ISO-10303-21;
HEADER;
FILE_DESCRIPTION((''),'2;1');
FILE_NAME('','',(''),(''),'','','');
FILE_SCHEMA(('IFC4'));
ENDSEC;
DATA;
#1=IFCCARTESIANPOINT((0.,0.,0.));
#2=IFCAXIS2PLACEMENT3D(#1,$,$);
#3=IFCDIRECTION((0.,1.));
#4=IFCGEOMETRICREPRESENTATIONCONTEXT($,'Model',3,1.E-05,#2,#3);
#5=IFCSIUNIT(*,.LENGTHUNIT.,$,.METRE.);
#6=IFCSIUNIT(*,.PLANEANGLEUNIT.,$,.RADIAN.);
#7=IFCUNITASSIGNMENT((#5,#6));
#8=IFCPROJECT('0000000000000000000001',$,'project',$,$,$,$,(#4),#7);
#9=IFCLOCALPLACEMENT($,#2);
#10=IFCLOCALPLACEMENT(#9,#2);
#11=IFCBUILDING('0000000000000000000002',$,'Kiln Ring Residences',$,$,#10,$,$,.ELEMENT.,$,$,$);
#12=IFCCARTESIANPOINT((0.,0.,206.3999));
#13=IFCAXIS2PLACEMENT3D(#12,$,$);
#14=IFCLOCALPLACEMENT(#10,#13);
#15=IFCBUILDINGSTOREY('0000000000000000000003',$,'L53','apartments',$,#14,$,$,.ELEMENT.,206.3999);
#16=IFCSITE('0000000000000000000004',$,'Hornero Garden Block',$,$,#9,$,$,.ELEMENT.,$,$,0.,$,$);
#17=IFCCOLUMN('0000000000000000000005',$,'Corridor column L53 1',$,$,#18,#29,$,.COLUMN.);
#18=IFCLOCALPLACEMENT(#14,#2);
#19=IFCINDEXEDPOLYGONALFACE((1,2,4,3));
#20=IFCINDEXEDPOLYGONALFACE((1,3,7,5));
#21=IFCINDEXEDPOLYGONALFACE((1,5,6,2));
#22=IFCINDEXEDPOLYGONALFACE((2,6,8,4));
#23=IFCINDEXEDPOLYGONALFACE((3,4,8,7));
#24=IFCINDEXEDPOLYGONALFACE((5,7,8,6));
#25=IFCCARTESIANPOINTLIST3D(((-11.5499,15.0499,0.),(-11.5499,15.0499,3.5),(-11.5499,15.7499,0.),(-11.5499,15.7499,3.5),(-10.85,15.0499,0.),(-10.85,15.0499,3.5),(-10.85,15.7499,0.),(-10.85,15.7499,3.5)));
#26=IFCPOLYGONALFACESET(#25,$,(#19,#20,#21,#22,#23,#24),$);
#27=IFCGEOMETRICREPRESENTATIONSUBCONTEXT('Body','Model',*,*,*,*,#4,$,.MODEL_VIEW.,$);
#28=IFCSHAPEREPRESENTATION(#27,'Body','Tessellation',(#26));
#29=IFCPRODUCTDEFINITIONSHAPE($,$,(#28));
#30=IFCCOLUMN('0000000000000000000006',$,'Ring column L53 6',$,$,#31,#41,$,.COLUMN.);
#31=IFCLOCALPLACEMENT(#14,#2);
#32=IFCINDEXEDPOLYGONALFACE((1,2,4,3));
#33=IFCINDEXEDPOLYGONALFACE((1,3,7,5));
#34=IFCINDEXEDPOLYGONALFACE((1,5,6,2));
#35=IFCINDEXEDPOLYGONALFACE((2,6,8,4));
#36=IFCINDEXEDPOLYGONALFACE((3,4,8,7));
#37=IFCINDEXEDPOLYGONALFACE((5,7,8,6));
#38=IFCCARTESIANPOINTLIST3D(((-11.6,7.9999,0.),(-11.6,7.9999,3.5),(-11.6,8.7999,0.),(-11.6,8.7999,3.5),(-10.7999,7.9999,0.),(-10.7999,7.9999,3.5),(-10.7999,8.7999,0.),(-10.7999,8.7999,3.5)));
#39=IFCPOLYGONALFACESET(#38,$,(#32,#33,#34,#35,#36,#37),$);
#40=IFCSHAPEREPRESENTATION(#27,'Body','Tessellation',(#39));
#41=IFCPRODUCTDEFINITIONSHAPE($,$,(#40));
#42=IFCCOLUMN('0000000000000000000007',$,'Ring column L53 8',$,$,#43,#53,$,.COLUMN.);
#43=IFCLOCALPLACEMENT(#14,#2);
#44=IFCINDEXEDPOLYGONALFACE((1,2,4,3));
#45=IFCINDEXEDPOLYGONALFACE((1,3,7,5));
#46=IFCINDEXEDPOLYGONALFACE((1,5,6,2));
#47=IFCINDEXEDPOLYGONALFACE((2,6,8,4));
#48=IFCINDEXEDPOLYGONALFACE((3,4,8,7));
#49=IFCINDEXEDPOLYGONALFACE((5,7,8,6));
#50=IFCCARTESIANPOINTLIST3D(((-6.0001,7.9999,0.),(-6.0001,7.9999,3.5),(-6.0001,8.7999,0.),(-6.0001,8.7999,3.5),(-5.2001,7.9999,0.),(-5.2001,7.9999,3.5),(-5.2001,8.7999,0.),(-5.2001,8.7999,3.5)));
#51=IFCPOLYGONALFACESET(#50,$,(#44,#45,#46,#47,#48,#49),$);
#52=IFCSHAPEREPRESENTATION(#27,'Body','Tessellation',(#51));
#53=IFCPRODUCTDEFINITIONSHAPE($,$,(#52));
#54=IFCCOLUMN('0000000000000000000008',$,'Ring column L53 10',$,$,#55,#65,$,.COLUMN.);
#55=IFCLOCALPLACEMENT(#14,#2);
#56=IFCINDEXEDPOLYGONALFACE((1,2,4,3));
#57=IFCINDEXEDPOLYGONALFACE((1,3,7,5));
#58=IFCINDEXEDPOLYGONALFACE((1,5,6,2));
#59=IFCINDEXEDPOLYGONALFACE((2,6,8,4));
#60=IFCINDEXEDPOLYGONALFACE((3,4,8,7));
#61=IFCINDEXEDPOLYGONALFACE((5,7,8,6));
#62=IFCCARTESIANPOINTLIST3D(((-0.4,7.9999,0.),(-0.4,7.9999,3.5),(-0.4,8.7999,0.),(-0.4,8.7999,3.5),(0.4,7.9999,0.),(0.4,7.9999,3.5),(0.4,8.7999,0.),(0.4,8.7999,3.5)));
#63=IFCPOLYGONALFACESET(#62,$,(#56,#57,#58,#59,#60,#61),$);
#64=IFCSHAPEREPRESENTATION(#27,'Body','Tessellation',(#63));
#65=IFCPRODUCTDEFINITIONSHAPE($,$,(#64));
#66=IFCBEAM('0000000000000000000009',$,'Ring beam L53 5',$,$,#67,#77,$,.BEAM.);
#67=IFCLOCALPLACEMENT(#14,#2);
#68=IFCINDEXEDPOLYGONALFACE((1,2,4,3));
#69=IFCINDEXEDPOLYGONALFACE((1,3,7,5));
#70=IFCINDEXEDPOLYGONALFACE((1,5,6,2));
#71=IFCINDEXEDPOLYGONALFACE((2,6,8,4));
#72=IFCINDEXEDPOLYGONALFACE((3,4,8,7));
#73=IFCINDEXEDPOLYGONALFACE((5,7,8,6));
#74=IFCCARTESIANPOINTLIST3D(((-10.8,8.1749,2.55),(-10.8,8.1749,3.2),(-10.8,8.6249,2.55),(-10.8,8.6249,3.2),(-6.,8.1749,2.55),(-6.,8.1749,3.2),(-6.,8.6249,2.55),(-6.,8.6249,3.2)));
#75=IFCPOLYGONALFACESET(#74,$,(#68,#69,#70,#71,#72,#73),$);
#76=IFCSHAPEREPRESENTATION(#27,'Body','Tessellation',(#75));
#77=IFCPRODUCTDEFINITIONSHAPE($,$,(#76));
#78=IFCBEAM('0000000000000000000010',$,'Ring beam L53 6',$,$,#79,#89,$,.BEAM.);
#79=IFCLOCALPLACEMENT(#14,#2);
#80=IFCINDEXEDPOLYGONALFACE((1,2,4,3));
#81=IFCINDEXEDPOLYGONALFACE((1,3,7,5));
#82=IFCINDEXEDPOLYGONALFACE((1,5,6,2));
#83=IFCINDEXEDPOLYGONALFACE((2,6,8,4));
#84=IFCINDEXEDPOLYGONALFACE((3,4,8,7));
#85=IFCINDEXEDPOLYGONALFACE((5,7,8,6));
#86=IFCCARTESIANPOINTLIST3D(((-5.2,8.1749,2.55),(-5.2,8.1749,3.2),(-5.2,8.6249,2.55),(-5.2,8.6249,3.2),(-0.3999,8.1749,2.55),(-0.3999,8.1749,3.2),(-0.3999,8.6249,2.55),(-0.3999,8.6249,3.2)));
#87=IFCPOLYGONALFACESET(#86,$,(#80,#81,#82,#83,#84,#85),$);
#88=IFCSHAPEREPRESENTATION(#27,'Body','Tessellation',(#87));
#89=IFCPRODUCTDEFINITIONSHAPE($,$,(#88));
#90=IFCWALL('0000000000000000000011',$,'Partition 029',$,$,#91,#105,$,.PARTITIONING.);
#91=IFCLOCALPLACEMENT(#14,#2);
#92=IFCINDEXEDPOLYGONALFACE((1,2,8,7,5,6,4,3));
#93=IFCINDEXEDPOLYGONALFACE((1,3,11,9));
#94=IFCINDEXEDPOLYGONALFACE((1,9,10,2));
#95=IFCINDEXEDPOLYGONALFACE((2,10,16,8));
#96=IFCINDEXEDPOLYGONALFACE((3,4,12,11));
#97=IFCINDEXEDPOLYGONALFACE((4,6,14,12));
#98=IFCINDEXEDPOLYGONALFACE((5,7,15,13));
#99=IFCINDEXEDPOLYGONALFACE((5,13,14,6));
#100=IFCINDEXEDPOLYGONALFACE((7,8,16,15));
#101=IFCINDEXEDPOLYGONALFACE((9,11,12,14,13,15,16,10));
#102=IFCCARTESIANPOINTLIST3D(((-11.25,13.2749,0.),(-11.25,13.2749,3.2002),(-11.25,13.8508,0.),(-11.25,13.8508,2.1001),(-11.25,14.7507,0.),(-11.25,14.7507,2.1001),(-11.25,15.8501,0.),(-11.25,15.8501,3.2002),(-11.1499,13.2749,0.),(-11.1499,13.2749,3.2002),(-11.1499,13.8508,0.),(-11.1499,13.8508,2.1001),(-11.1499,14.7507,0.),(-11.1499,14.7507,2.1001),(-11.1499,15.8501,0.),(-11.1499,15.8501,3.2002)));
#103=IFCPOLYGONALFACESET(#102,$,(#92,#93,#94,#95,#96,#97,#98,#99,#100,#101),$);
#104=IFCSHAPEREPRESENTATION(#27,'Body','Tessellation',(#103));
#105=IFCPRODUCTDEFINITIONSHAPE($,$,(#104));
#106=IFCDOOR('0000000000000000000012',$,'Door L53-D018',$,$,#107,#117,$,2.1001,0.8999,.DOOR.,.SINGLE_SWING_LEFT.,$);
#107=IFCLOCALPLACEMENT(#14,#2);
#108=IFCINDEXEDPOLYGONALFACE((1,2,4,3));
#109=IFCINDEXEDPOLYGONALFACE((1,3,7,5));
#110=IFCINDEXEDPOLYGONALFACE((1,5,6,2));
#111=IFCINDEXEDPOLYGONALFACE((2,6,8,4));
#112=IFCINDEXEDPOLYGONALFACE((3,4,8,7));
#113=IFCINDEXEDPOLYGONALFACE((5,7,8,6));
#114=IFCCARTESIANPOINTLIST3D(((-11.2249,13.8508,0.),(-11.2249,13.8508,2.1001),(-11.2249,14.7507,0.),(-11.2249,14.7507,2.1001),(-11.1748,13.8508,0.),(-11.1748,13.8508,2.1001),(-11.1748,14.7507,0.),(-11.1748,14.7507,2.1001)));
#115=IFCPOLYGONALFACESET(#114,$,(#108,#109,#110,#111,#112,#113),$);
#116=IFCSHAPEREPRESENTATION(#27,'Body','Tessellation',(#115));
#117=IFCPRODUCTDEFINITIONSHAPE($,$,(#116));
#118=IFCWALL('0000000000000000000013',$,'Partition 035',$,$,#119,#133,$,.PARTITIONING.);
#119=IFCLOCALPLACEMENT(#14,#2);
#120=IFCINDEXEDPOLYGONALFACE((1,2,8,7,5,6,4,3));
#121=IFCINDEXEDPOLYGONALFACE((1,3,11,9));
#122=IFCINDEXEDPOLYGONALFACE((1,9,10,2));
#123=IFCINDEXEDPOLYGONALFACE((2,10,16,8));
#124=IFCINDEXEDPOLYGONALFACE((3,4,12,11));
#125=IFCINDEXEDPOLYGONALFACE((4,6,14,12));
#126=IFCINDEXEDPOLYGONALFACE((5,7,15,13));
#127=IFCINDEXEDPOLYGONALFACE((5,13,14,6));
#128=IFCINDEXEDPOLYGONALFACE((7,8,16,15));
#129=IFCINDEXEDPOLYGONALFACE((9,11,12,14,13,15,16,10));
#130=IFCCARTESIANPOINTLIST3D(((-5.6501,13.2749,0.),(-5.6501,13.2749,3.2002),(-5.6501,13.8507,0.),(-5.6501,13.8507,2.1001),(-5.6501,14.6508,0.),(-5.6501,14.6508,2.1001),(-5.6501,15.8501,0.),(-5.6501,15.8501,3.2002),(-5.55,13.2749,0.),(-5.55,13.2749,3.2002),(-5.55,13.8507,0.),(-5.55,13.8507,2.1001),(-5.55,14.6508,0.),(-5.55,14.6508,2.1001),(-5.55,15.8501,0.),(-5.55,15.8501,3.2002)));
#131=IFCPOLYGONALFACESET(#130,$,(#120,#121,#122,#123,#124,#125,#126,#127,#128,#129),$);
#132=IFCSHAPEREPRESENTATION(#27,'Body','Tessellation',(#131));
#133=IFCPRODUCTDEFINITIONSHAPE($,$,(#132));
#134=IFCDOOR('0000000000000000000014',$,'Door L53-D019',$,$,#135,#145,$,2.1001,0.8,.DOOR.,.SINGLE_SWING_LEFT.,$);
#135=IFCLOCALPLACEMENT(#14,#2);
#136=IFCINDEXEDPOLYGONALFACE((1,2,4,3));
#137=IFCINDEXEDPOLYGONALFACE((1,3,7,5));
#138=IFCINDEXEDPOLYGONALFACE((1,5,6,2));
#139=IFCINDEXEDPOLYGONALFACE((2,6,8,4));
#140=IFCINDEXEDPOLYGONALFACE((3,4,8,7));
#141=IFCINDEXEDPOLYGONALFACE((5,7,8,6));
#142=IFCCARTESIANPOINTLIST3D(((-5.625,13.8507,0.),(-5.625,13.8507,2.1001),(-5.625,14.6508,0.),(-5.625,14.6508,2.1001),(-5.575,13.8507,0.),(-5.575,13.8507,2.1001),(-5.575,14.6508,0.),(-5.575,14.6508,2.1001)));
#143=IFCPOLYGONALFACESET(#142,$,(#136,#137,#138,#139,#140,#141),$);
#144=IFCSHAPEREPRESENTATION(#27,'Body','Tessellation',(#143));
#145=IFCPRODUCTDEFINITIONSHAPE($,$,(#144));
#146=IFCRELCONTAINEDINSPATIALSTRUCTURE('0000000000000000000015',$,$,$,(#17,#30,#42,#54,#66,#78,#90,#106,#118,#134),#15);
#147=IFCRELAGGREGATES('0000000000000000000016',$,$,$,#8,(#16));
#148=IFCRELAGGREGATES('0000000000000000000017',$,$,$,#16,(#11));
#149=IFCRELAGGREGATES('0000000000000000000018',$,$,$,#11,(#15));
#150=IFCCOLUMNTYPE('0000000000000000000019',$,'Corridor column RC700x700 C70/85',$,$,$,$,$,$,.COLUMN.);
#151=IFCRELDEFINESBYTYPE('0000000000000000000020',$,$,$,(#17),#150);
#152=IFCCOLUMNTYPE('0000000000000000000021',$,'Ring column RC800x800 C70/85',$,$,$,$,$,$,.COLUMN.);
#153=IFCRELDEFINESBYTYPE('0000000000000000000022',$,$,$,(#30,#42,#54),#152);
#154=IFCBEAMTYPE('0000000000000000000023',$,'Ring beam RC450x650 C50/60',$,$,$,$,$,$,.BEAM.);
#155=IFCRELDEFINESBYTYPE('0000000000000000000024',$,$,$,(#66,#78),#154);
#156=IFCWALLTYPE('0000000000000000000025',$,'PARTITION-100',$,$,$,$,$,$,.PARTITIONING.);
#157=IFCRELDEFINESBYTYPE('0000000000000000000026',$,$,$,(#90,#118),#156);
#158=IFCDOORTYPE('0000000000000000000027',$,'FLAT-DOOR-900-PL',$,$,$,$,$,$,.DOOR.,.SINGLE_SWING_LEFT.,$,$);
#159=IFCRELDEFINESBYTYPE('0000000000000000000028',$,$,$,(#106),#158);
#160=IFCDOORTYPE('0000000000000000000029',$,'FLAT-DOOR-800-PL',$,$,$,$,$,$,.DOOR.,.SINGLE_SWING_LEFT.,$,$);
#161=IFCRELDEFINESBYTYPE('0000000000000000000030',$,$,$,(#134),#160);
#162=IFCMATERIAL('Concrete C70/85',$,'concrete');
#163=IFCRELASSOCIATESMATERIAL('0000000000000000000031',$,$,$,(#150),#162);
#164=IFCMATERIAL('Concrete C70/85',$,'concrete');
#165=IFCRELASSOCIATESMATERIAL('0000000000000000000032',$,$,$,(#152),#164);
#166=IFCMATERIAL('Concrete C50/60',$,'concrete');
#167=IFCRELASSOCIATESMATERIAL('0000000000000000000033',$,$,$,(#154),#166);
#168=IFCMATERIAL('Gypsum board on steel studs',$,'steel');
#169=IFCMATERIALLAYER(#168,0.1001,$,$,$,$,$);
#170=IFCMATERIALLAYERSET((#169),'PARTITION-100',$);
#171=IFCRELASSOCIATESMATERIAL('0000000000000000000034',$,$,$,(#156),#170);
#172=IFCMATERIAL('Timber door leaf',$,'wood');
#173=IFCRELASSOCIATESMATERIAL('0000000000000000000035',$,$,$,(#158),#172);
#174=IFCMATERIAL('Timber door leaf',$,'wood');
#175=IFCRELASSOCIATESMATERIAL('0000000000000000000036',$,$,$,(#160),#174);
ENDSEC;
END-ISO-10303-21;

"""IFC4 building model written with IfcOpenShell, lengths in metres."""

from ifc_helpers import new_model, si_unit, direction, frame, frame_2d, origin, origin_2d, place, context, subcontext, project, spatial, rectangle, extrude, material, layer, layer_set, material_profile, profile_set, type_object, element, fill, save


model = new_model("IFC4")

# Units and contexts
model_context = context("Model", 3, precision=1e-05, world=origin(), true_north=direction((0.0, 1.0)))
body_context = subcontext(model_context, "Body", "Model", "MODEL_VIEW")
ifc_project = project(units=[si_unit("LENGTHUNIT", "METRE"), si_unit("PLANEANGLEUNIT", "RADIAN")], contexts=[model_context])

# Site, building, storey
site_placement = place(None, origin())
site = spatial("IfcSite", under=ifc_project, at=site_placement, Name="Hornero Garden Block", CompositionType="ELEMENT", RefElevation=0.0)
building_placement = place(site_placement, origin())
building = spatial("IfcBuilding", under=site, at=building_placement, Name="Kiln Ring Residences", CompositionType="ELEMENT")
storey_placement = place(building_placement, frame((0.0, 0.0, 206.3999)))
storey = spatial("IfcBuildingStorey", under=building, at=storey_placement, Name="L53", Description="apartments", CompositionType="ELEMENT", Elevation=206.3999)

# Columns
ifc_material_1 = material(Name="Concrete C70/85", Category="concrete")
ifc_material_profile_1 = material_profile(ifc_material_1, rectangle(XDim=0.7, YDim=0.7, at=origin_2d()), Name="RC700x700")
ifc_profile_set_1 = profile_set([ifc_material_profile_1], Name="Concrete C70/85")
column_type_1 = type_object("IfcColumnType", Name="Corridor column RC700x700 C70/85", PredefinedType="COLUMN", material=ifc_profile_set_1)
column_placement = place(storey_placement, frame((-11.2, 15.3999, 0.0), z_axis=(0.0, 0.0, 1.0), x_axis=(1.0, 0.0, 0.0)))
element("IfcColumn", 1, at=column_placement, inside=storey, type_object=column_type_1, Name="Corridor column L53 1", PredefinedType="COLUMN", context=body_context, shape_type="SweptSolid", body=[
    extrude(rectangle(XDim=0.7, YDim=0.7, at=origin_2d()), origin(), (0.0, 0.0, 1.0), 3.5),
])
ifc_material_2 = material(Name="Concrete C70/85", Category="concrete")
ifc_material_profile_2 = material_profile(ifc_material_2, rectangle(XDim=0.8, YDim=0.8, at=origin_2d()), Name="RC800x800")
ifc_profile_set_2 = profile_set([ifc_material_profile_2], Name="Concrete C70/85")
column_type_2 = type_object("IfcColumnType", Name="Ring column RC800x800 C70/85", PredefinedType="COLUMN", material=ifc_profile_set_2)
for number, where, z_axis, x_axis, name in (
    (2, (-11.2, 8.3999, 0.0), (0.0, 0.0, 1.0), (1.0, 0.0, 0.0), "Ring column L53 6"),
    (3, (-5.6001, 8.3999, 0.0), (0.0, 0.0, 1.0), (1.0, 0.0, 0.0), "Ring column L53 8"),
    (4, (0.0, 8.3999, 0.0), (0.0, 0.0, 1.0), (1.0, 0.0, 0.0), "Ring column L53 10"),
):
    element("IfcColumn", number, at=place(storey_placement, frame(where, z_axis=z_axis, x_axis=x_axis)), inside=storey, type_object=column_type_2, Name=name, PredefinedType="COLUMN", context=body_context, shape_type="SweptSolid", body=[
        extrude(rectangle(XDim=0.8, YDim=0.8, at=origin_2d()), origin(), (0.0, 0.0, 1.0), 3.5),
    ])

# Beams
ifc_material_3 = material(Name="Concrete C50/60", Category="concrete")
ifc_material_profile_3 = material_profile(ifc_material_3, rectangle(XDim=0.45, YDim=0.6499, at=origin_2d()), Name="RC450x650")
ifc_profile_set_3 = profile_set([ifc_material_profile_3], Name="Concrete C50/60")
beam_type = type_object("IfcBeamType", Name="Ring beam RC450x650 C50/60", PredefinedType="BEAM", material=ifc_profile_set_3)
for number, where, z_axis, x_axis, name in (
    (5, (-10.8, 8.3999, 2.875), (1.0, 0.0, 0.0), (0.0, 1.0, 0.0), "Ring beam L53 5"),
    (6, (-5.2, 8.3999, 2.875), (1.0, 0.0, 0.0), (0.0, 1.0, 0.0), "Ring beam L53 6"),
):
    element("IfcBeam", number, at=place(storey_placement, frame(where, z_axis=z_axis, x_axis=x_axis)), inside=storey, type_object=beam_type, Name=name, PredefinedType="BEAM", context=body_context, shape_type="SweptSolid", body=[
        extrude(rectangle(XDim=0.45, YDim=0.6499, at=origin_2d()), origin(), (0.0, 0.0, 1.0), 4.8),
    ])

# Walls, openings, doors
ifc_material_4 = material(Name="Gypsum board on steel studs", Category="steel")
ifc_layer_1 = layer(ifc_material_4, 0.1001)
ifc_layer_set_1 = layer_set([ifc_layer_1], Name="PARTITION-100")
wall_type_1 = type_object("IfcWallType", Name="PARTITION-100", PredefinedType="PARTITIONING", material=ifc_layer_set_1)
wall_1_placement = place(storey_placement, frame((-11.2, 13.2749, 0.0), z_axis=(0.0, 0.0, 1.0), x_axis=(0.0, 1.0, 0.0)))
wall_1 = element("IfcWall", 7, at=wall_1_placement, inside=storey, type_object=wall_type_1, Name="Partition 029", PredefinedType="PARTITIONING", context=body_context, shape_type="SweptSolid", body=[
    extrude(rectangle(XDim=2.5752, YDim=0.1001, at=frame_2d((1.2876, 0.0))), origin(), (0.0, 0.0, 1.0), 3.2002),
])
opening_1_placement = place(wall_1_placement, frame((0.5759, 0.0, 0.0)))
opening_1 = element("IfcOpeningElement", 8, at=opening_1_placement, cuts=wall_1, PredefinedType="OPENING", context=body_context, shape_type="SweptSolid", body=[
    extrude(rectangle(XDim=0.8999, YDim=2.1001, at=frame_2d((0.45, 1.05))), frame((0.0, 0.0601, 0.0), z_axis=(0.0, -1.0, 0.0), x_axis=(1.0, 0.0, 0.0)), (0.0, 0.0, 1.0), 0.1201),
])
ifc_material_5 = material(Name="Timber door leaf", Category="wood")
door_type_1 = type_object("IfcDoorType", Name="FLAT-DOOR-900-PL", OperationType="SINGLE_SWING_LEFT", PredefinedType="DOOR", material=ifc_material_5)
door_1_placement = place(opening_1_placement, origin())
door_1 = element("IfcDoor", 9, at=door_1_placement, inside=storey, type_object=door_type_1, Name="Door L53-D018", OperationType="SINGLE_SWING_LEFT", OverallHeight=2.1001, OverallWidth=0.8999, PredefinedType="DOOR", context=body_context, shape_type="SweptSolid", body=[
    extrude(rectangle(XDim=0.8999, YDim=2.1001, at=frame_2d((0.45, 1.05))), frame((0.0, 0.0249, 0.0), z_axis=(0.0, -1.0, 0.0), x_axis=(1.0, 0.0, 0.0)), (0.0, 0.0, 1.0), 0.05),
])
fill(opening_1, door_1)
wall_2_placement = place(storey_placement, frame((-5.6001, 13.2749, 0.0), z_axis=(0.0, 0.0, 1.0), x_axis=(0.0, 1.0, 0.0)))
wall_2 = element("IfcWall", 10, at=wall_2_placement, inside=storey, type_object=wall_type_1, Name="Partition 035", PredefinedType="PARTITIONING", context=body_context, shape_type="SweptSolid", body=[
    extrude(rectangle(XDim=2.5752, YDim=0.1001, at=frame_2d((1.2876, 0.0))), origin(), (0.0, 0.0, 1.0), 3.2002),
])
opening_2_placement = place(wall_2_placement, frame((0.5759, 0.0, 0.0)))
opening_2 = element("IfcOpeningElement", 11, at=opening_2_placement, cuts=wall_2, PredefinedType="OPENING", context=body_context, shape_type="SweptSolid", body=[
    extrude(rectangle(XDim=0.8, YDim=2.1001, at=frame_2d((0.3999, 1.05))), frame((0.0, 0.0601, 0.0), z_axis=(0.0, -1.0, 0.0), x_axis=(1.0, 0.0, 0.0)), (0.0, 0.0, 1.0), 0.1201),
])
ifc_material_6 = material(Name="Timber door leaf", Category="wood")
door_type_2 = type_object("IfcDoorType", Name="FLAT-DOOR-800-PL", OperationType="SINGLE_SWING_LEFT", PredefinedType="DOOR", material=ifc_material_6)
door_2_placement = place(opening_2_placement, origin())
door_2 = element("IfcDoor", 12, at=door_2_placement, inside=storey, type_object=door_type_2, Name="Door L53-D019", OperationType="SINGLE_SWING_LEFT", OverallHeight=2.1001, OverallWidth=0.8, PredefinedType="DOOR", context=body_context, shape_type="SweptSolid", body=[
    extrude(rectangle(XDim=0.8, YDim=2.1001, at=frame_2d((0.3999, 1.05))), frame((0.0, 0.0249, 0.0), z_axis=(0.0, -1.0, 0.0), x_axis=(1.0, 0.0, 0.0)), (0.0, 0.0, 1.0), 0.05),
])
fill(opening_2, door_2)

save(model, "model.ifc")
